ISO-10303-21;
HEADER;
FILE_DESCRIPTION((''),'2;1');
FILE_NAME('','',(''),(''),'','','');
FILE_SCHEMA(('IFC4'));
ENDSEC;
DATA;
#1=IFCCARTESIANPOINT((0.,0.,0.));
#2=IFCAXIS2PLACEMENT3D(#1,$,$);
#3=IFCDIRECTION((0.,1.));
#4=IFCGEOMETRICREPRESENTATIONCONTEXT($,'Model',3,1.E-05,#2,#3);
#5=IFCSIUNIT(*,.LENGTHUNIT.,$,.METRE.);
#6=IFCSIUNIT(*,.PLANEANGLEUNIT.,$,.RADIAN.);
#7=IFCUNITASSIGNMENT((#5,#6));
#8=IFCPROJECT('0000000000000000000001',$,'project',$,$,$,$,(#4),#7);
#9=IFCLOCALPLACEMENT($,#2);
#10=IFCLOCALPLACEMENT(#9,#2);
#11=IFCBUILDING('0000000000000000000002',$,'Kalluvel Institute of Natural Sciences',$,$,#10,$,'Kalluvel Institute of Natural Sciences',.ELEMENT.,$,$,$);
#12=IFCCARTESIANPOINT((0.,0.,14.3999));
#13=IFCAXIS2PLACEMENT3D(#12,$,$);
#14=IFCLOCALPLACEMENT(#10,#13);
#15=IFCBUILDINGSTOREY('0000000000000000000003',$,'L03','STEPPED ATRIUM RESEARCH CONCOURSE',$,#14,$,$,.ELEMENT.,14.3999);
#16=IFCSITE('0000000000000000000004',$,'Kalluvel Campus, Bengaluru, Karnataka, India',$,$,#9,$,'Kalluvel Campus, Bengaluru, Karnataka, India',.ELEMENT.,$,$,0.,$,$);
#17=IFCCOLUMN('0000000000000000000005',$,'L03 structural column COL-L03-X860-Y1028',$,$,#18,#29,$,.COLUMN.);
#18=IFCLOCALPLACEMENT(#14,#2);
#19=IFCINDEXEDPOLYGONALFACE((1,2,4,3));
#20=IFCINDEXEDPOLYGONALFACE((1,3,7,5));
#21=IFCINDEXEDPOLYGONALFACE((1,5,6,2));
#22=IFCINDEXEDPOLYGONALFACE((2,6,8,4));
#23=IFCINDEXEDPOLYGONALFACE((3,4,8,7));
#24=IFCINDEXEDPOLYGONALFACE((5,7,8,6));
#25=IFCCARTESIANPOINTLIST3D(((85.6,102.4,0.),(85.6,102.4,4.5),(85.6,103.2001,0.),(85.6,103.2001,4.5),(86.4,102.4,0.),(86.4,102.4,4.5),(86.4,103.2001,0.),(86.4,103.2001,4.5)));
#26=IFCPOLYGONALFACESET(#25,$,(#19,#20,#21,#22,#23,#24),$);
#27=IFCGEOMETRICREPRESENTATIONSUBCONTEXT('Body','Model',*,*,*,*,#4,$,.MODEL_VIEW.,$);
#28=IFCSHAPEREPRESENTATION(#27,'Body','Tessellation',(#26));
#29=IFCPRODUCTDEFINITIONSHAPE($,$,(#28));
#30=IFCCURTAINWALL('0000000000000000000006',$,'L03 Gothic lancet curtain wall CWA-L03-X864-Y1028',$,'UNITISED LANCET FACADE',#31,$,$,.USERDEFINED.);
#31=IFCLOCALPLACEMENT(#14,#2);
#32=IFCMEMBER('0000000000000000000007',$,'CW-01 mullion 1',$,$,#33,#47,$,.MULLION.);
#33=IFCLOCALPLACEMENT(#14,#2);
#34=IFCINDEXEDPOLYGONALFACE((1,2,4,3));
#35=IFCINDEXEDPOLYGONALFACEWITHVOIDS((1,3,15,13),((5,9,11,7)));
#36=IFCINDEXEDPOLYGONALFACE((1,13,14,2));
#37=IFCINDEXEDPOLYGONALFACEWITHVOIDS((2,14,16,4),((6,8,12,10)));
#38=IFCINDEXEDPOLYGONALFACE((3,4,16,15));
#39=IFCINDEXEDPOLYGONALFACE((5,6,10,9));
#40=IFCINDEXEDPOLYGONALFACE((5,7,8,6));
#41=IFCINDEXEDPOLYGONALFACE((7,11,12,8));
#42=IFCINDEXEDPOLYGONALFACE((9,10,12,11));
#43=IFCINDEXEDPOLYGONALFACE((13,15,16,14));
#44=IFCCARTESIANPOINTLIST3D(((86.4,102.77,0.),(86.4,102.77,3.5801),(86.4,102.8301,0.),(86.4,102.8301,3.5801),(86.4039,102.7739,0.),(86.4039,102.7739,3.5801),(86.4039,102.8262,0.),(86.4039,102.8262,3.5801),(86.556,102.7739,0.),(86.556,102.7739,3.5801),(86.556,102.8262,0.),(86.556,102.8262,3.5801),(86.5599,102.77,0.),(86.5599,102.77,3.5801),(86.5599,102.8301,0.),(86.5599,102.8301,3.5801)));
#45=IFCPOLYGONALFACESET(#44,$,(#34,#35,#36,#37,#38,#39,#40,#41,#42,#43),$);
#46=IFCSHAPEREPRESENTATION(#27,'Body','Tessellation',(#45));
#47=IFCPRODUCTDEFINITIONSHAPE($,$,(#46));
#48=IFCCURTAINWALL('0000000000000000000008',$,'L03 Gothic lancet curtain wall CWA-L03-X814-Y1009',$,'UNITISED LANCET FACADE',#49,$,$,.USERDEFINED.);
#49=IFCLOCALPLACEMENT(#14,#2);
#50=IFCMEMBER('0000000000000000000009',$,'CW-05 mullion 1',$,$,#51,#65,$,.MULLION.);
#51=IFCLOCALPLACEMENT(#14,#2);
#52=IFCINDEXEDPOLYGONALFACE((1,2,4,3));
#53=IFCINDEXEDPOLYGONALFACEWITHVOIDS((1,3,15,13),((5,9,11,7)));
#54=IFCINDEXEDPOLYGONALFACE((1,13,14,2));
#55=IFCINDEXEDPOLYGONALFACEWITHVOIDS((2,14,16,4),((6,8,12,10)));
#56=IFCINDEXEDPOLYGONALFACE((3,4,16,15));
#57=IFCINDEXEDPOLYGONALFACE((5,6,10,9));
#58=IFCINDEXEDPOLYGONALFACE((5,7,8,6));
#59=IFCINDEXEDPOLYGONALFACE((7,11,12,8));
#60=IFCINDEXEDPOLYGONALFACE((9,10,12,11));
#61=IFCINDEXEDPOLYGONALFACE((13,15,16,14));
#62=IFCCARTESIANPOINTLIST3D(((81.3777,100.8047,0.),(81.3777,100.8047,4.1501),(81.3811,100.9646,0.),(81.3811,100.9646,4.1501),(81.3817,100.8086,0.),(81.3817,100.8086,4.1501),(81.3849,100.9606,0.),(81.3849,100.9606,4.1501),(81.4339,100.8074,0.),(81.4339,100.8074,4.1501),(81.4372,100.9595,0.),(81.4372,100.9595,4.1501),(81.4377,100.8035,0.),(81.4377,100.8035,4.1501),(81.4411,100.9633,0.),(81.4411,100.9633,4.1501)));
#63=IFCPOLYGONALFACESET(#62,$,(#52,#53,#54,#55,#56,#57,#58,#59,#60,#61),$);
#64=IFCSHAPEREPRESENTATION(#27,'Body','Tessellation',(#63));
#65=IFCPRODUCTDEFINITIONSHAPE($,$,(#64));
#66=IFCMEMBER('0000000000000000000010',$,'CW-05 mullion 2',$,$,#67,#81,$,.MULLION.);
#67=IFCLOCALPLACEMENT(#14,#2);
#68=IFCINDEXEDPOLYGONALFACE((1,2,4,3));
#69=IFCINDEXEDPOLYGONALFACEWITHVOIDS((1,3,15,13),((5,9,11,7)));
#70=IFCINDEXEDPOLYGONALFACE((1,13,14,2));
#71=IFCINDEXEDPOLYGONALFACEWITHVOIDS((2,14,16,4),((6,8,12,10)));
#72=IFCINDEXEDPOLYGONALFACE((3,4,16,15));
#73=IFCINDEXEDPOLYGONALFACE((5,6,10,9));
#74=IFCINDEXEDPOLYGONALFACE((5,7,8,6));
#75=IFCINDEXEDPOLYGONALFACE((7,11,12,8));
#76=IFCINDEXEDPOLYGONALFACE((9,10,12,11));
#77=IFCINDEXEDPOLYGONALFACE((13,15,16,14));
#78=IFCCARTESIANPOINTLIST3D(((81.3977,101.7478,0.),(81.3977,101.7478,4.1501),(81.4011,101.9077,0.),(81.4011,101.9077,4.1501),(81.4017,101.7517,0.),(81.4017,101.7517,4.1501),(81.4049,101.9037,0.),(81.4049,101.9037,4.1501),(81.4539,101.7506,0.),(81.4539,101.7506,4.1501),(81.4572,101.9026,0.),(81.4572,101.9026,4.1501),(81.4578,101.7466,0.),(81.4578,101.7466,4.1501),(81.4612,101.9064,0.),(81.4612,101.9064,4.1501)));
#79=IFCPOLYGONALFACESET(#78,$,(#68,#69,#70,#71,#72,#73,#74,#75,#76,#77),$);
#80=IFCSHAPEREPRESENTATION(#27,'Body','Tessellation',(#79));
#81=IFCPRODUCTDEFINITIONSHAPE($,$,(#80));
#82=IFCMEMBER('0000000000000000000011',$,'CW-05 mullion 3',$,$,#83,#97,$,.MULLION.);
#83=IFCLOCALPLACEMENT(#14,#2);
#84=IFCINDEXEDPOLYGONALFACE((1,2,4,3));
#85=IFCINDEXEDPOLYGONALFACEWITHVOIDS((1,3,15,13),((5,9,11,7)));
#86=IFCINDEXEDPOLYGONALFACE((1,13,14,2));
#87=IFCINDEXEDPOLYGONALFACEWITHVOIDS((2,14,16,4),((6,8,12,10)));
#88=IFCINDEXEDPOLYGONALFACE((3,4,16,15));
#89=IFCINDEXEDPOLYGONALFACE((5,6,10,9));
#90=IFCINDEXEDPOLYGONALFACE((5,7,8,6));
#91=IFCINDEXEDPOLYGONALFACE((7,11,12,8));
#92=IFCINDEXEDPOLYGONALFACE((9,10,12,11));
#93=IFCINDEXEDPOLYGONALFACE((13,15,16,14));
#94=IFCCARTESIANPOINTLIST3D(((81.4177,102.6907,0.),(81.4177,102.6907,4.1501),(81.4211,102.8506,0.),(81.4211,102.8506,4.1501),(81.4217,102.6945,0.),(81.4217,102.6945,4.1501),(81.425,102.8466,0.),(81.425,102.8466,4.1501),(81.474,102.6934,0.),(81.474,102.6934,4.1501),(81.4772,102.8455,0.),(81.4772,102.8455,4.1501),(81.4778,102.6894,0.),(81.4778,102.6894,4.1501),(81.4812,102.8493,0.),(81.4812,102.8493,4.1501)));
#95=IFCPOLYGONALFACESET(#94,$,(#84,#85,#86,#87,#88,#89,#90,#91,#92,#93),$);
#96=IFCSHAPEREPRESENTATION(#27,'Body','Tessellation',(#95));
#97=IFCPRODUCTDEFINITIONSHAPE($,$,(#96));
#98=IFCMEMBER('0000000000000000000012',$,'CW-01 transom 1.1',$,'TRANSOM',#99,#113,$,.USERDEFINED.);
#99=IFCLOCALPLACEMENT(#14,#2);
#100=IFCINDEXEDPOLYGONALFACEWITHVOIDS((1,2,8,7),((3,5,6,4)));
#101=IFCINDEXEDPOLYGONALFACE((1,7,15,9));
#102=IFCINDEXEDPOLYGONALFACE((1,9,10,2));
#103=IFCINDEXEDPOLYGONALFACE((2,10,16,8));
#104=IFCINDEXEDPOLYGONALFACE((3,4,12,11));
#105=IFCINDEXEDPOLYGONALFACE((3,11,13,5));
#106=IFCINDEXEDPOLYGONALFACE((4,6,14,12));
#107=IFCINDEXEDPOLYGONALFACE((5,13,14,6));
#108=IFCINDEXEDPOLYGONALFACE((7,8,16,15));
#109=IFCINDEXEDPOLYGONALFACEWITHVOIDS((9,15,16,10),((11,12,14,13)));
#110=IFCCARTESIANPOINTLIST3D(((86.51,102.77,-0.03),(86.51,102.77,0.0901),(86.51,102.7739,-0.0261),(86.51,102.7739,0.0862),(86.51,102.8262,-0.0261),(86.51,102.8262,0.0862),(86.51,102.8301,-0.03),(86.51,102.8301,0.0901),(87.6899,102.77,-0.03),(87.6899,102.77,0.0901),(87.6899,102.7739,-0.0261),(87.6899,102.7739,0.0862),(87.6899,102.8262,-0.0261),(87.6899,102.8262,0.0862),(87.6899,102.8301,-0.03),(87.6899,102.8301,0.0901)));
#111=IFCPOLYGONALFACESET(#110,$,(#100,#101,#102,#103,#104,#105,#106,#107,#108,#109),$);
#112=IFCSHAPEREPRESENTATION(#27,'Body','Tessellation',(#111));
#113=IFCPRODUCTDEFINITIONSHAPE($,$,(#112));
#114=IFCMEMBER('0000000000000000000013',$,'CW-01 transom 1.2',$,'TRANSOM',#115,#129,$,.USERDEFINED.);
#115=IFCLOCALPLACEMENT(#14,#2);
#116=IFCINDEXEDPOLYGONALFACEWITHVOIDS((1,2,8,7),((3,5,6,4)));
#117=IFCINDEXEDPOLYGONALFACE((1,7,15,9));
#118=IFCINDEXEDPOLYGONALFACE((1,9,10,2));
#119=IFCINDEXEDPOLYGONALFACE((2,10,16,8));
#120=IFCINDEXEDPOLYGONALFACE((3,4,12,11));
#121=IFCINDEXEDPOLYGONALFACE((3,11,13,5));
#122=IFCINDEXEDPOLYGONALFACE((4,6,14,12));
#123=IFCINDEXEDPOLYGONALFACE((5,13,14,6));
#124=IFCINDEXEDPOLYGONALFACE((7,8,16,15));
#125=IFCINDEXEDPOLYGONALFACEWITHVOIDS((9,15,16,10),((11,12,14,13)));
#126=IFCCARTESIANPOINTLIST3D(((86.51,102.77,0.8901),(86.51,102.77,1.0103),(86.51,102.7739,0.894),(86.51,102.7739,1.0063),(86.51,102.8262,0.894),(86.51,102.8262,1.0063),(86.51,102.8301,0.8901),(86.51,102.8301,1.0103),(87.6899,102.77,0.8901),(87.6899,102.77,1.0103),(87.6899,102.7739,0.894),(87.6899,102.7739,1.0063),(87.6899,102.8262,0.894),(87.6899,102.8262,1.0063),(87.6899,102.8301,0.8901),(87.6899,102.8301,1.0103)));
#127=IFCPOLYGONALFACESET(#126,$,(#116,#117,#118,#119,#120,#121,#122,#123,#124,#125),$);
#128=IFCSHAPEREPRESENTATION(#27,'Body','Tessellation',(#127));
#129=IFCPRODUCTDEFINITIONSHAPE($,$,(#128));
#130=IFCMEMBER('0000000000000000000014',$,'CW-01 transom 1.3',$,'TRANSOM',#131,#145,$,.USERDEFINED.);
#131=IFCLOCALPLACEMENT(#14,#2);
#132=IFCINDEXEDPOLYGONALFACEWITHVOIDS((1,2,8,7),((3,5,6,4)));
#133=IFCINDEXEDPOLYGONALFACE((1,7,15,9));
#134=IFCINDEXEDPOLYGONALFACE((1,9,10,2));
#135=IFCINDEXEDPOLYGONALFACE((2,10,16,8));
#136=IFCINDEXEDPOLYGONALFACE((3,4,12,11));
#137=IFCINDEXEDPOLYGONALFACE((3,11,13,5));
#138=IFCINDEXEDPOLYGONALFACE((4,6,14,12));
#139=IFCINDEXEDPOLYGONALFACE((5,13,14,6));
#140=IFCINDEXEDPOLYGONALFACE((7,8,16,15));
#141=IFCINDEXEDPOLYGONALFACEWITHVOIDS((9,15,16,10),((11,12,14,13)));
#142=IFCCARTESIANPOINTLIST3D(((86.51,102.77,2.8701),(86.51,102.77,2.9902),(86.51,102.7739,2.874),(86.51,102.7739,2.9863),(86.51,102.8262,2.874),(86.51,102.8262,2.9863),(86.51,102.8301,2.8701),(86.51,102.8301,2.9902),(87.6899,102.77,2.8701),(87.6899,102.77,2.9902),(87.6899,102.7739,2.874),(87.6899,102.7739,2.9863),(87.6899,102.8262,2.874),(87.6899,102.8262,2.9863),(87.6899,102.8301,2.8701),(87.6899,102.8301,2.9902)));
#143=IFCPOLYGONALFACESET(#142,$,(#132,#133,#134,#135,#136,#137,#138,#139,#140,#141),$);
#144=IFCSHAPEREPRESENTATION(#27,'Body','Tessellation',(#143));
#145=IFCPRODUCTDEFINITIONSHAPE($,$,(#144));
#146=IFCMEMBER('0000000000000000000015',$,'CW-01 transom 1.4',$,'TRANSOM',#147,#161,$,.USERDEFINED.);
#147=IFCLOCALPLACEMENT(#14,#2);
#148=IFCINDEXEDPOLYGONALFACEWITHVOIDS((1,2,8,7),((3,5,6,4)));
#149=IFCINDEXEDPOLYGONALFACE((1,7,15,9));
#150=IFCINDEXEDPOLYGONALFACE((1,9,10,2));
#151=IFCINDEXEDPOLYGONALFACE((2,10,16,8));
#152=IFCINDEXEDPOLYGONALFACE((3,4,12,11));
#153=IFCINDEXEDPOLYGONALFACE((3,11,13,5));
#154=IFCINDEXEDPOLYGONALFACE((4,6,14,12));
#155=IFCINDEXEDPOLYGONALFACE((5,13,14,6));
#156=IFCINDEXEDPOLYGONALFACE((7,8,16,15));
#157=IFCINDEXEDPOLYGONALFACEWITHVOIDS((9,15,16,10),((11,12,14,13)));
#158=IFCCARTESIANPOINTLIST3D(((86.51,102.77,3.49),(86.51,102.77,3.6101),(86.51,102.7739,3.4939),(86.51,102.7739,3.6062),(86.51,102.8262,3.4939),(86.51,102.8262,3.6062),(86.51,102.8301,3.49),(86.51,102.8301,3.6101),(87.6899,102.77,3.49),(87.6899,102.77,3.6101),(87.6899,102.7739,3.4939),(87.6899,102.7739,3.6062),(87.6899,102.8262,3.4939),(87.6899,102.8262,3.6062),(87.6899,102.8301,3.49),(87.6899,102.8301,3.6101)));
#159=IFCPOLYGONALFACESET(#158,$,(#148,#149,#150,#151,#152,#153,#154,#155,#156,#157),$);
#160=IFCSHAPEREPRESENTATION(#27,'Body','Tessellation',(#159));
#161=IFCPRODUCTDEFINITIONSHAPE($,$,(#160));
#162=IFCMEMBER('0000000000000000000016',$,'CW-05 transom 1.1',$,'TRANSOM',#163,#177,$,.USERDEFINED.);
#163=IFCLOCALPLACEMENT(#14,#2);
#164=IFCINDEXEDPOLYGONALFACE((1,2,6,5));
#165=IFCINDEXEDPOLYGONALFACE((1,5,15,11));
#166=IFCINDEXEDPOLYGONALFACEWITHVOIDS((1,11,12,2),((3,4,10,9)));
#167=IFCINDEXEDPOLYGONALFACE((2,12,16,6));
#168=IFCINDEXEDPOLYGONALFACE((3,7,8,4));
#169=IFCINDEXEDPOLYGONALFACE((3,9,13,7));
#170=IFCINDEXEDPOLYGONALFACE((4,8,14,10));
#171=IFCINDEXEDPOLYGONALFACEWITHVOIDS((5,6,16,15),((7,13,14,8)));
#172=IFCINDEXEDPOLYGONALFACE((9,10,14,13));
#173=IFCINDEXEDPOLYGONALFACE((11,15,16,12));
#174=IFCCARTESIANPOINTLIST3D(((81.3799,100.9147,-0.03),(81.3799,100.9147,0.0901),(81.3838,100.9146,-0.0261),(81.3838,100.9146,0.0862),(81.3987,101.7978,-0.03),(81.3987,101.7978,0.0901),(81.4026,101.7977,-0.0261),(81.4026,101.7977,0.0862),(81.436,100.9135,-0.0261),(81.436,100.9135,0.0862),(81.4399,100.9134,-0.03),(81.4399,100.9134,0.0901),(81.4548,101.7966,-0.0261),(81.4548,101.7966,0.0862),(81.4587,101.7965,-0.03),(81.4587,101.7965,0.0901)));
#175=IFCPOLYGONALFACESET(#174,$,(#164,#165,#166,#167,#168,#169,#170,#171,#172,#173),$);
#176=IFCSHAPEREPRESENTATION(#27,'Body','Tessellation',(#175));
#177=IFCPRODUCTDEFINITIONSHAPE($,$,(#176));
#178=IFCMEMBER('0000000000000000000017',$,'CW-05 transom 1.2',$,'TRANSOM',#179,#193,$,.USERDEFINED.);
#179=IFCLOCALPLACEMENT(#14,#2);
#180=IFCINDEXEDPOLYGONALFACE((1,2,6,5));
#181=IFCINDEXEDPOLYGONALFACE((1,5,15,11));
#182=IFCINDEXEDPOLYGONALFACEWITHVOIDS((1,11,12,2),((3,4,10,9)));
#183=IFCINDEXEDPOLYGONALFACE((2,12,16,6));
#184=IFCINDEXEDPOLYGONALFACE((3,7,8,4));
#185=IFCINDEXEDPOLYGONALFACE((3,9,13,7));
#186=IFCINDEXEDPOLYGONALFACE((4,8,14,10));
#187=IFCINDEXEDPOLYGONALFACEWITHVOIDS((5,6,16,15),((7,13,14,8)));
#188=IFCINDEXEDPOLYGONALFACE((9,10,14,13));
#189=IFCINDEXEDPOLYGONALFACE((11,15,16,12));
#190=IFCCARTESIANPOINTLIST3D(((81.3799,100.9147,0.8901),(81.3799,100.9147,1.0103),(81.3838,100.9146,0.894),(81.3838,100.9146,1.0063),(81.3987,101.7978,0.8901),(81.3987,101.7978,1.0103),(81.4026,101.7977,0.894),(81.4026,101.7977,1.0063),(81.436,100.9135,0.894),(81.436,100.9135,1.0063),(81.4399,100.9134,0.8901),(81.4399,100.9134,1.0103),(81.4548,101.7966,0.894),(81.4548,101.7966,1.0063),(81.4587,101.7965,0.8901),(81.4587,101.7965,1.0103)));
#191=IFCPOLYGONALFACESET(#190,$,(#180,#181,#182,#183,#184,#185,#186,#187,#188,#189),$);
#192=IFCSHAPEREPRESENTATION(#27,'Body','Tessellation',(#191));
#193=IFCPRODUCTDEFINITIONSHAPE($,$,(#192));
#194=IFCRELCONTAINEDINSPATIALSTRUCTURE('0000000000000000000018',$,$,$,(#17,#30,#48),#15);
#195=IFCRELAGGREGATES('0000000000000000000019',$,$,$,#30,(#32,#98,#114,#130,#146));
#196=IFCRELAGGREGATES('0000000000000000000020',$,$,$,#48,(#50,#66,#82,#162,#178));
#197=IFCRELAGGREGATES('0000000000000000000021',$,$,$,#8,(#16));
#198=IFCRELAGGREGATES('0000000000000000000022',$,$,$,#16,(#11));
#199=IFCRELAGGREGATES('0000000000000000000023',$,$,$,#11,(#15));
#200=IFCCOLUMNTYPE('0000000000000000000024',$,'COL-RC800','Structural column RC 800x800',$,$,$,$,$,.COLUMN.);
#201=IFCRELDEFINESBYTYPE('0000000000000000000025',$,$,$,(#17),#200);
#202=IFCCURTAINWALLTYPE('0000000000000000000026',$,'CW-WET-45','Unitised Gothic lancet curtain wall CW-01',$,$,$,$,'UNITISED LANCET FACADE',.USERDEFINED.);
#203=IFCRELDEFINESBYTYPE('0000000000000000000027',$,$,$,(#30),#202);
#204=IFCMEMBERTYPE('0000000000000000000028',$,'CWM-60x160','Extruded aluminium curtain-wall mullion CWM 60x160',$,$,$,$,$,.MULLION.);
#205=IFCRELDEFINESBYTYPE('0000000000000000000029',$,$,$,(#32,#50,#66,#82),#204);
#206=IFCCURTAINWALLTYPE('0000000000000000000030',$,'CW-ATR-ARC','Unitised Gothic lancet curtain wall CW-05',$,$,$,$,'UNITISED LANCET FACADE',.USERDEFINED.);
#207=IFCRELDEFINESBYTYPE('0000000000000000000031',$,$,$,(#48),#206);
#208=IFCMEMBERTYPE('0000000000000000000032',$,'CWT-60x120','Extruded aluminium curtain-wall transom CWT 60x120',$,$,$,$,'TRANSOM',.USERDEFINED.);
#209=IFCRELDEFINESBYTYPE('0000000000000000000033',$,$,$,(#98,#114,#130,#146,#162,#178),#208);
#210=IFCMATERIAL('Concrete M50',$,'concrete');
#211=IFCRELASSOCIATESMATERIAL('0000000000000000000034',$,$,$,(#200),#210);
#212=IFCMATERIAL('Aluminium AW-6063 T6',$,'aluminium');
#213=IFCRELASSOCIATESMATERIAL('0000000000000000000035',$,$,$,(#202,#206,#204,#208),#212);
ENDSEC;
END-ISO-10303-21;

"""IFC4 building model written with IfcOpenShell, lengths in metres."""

from ifc_helpers import new_model, si_unit, direction, frame, origin, origin_2d, place, context, subcontext, project, spatial, rectangle, hollow_rectangle, extrude, material, material_profile, profile_set, type_object, element, aggregate, save


model = new_model("IFC4")

# Units and contexts
model_context = context("Model", 3, precision=1e-05, world=origin(), true_north=direction((0.0, 1.0)))
body_context = subcontext(model_context, "Body", "Model", "MODEL_VIEW")
ifc_project = project(units=[si_unit("LENGTHUNIT", "METRE"), si_unit("PLANEANGLEUNIT", "RADIAN")], contexts=[model_context])

# Site, building, storey
site_placement = place(None, origin())
site = spatial("IfcSite", under=ifc_project, at=site_placement, Name="Kalluvel Campus, Bengaluru, Karnataka, India", LongName="Kalluvel Campus, Bengaluru, Karnataka, India", CompositionType="ELEMENT", RefElevation=0.0)
building_placement = place(site_placement, origin())
building = spatial("IfcBuilding", under=site, at=building_placement, Name="Kalluvel Institute of Natural Sciences", LongName="Kalluvel Institute of Natural Sciences", CompositionType="ELEMENT")
storey_placement = place(building_placement, frame((0.0, 0.0, 14.3999)))
storey = spatial("IfcBuildingStorey", under=building, at=storey_placement, Name="L03", Description="STEPPED ATRIUM RESEARCH CONCOURSE", CompositionType="ELEMENT", Elevation=14.3999)

# Column
ifc_material_1 = material(Name="Concrete M50", Category="concrete")
ifc_material_profile_1 = material_profile(ifc_material_1, rectangle(XDim=0.8, YDim=0.8, at=origin_2d()), Name="RC 800x800")
ifc_profile_set_1 = profile_set([ifc_material_profile_1], Name="Concrete M50")
column_type = type_object("IfcColumnType", Name="COL-RC800", Description="Structural column RC 800x800", PredefinedType="COLUMN", material=ifc_profile_set_1)
column_placement = place(storey_placement, frame((86.0, 102.8, 0.0), z_axis=(0.0, 0.0, 1.0), x_axis=(1.0, 0.0, 0.0)))
element("IfcColumn", 1, at=column_placement, inside=storey, type_object=column_type, Name="L03 structural column COL-L03-X860-Y1028", PredefinedType="COLUMN", context=body_context, shape_type="SweptSolid", body=[
    extrude(rectangle(XDim=0.8, YDim=0.8, at=origin_2d()), origin(), (0.0, 0.0, 1.0), 4.5),
])

# Curtain wall, member
ifc_material_2 = material(Name="Aluminium AW-6063 T6", Category="aluminium")
curtain_wall_type_1 = type_object("IfcCurtainWallType", Name="CW-WET-45", Description="Unitised Gothic lancet curtain wall CW-01", ElementType="UNITISED LANCET FACADE", PredefinedType="USERDEFINED", material=ifc_material_2)
curtain_wall_1_placement = place(storey_placement, origin())
curtain_wall_1 = element("IfcCurtainWall", 2, at=curtain_wall_1_placement, inside=storey, type_object=curtain_wall_type_1, Name="L03 Gothic lancet curtain wall CWA-L03-X864-Y1028", ObjectType="UNITISED LANCET FACADE", PredefinedType="USERDEFINED")
ifc_material_profile_2 = material_profile(ifc_material_2, hollow_rectangle(XDim=0.0601, YDim=0.1599, WallThickness=0.0039, at=origin_2d()), Name="CWM 60x160")
ifc_profile_set_2 = profile_set([ifc_material_profile_2], Name="Aluminium AW-6063 T6")
member_type_1 = type_object("IfcMemberType", Name="CWM-60x160", Description="Extruded aluminium curtain-wall mullion CWM 60x160", PredefinedType="MULLION", material=ifc_profile_set_2)
member_1_placement = place(storey_placement, frame((86.48, 102.8, 0.0), z_axis=(0.0, 0.0, 1.0), x_axis=(0.0, 1.0, 0.0)))
member_1 = element("IfcMember", 3, at=member_1_placement, type_object=member_type_1, Name="CW-01 mullion 1", PredefinedType="MULLION", context=body_context, shape_type="SweptSolid", body=[
    extrude(hollow_rectangle(XDim=0.0601, YDim=0.1599, WallThickness=0.0039, at=origin_2d()), origin(), (0.0, 0.0, 1.0), 3.5801),
])

# Curtain wall, members
curtain_wall_type_2 = type_object("IfcCurtainWallType", Name="CW-ATR-ARC", Description="Unitised Gothic lancet curtain wall CW-05", ElementType="UNITISED LANCET FACADE", PredefinedType="USERDEFINED", material=ifc_material_2)
curtain_wall_2_placement = place(storey_placement, origin())
curtain_wall_2 = element("IfcCurtainWall", 4, at=curtain_wall_2_placement, inside=storey, type_object=curtain_wall_type_2, Name="L03 Gothic lancet curtain wall CWA-L03-X814-Y1009", ObjectType="UNITISED LANCET FACADE", PredefinedType="USERDEFINED")
member_2_placement = place(storey_placement, frame((81.4094, 100.884, 0.0), z_axis=(0.0, 0.0, 1.0), x_axis=(-0.999775, 0.021219, 0.0)))
member_2 = element("IfcMember", 5, at=member_2_placement, type_object=member_type_1, Name="CW-05 mullion 1", PredefinedType="MULLION", context=body_context, shape_type="SweptSolid", body=[
    extrude(hollow_rectangle(XDim=0.0601, YDim=0.1599, WallThickness=0.0039, at=origin_2d()), origin(), (0.0, 0.0, 1.0), 4.1501),
])
member_3_placement = place(storey_placement, frame((81.4294, 101.8271, 0.0), z_axis=(0.0, 0.0, 1.0), x_axis=(-0.999775, 0.021219, 0.0)))
member_3 = element("IfcMember", 6, at=member_3_placement, type_object=member_type_1, Name="CW-05 mullion 2", PredefinedType="MULLION", context=body_context, shape_type="SweptSolid", body=[
    extrude(hollow_rectangle(XDim=0.0601, YDim=0.1599, WallThickness=0.0039, at=origin_2d()), origin(), (0.0, 0.0, 1.0), 4.1501),
])
member_4_placement = place(storey_placement, frame((81.4495, 102.77, 0.0), z_axis=(0.0, 0.0, 1.0), x_axis=(-0.999775, 0.021219, 0.0)))
member_4 = element("IfcMember", 7, at=member_4_placement, type_object=member_type_1, Name="CW-05 mullion 3", PredefinedType="MULLION", context=body_context, shape_type="SweptSolid", body=[
    extrude(hollow_rectangle(XDim=0.0601, YDim=0.1599, WallThickness=0.0039, at=origin_2d()), origin(), (0.0, 0.0, 1.0), 4.1501),
])

# Members
ifc_material_profile_3 = material_profile(ifc_material_2, hollow_rectangle(XDim=0.0601, YDim=0.1201, WallThickness=0.0039, at=origin_2d()), Name="CWT 60x120")
ifc_profile_set_3 = profile_set([ifc_material_profile_3], Name="Aluminium AW-6063 T6")
member_type_2 = type_object("IfcMemberType", Name="CWT-60x120", Description="Extruded aluminium curtain-wall transom CWT 60x120", ElementType="TRANSOM", PredefinedType="USERDEFINED", material=ifc_profile_set_3)
member_5_placement = place(storey_placement, frame((86.51, 102.8, 0.03), z_axis=(1.0, 0.0, 0.0), x_axis=(0.0, 1.0, 0.0)))
member_5 = element("IfcMember", 8, at=member_5_placement, type_object=member_type_2, Name="CW-01 transom 1.1", ObjectType="TRANSOM", PredefinedType="USERDEFINED", context=body_context, shape_type="SweptSolid", body=[
    extrude(hollow_rectangle(XDim=0.0601, YDim=0.1201, WallThickness=0.0039, at=origin_2d()), origin(), (0.0, 0.0, 1.0), 1.1799),
])
member_6_placement = place(storey_placement, frame((86.51, 102.8, 0.9502), z_axis=(1.0, 0.0, 0.0), x_axis=(0.0, 1.0, 0.0)))
member_6 = element("IfcMember", 9, at=member_6_placement, type_object=member_type_2, Name="CW-01 transom 1.2", ObjectType="TRANSOM", PredefinedType="USERDEFINED", context=body_context, shape_type="SweptSolid", body=[
    extrude(hollow_rectangle(XDim=0.0601, YDim=0.1201, WallThickness=0.0039, at=origin_2d()), origin(), (0.0, 0.0, 1.0), 1.1799),
])
member_7_placement = place(storey_placement, frame((86.51, 102.8, 2.9302), z_axis=(1.0, 0.0, 0.0), x_axis=(0.0, 1.0, 0.0)))
member_7 = element("IfcMember", 10, at=member_7_placement, type_object=member_type_2, Name="CW-01 transom 1.3", ObjectType="TRANSOM", PredefinedType="USERDEFINED", context=body_context, shape_type="SweptSolid", body=[
    extrude(hollow_rectangle(XDim=0.0601, YDim=0.1201, WallThickness=0.0039, at=origin_2d()), origin(), (0.0, 0.0, 1.0), 1.1799),
])
member_8_placement = place(storey_placement, frame((86.51, 102.8, 3.55), z_axis=(1.0, 0.0, 0.0), x_axis=(0.0, 1.0, 0.0)))
member_8 = element("IfcMember", 11, at=member_8_placement, type_object=member_type_2, Name="CW-01 transom 1.4", ObjectType="TRANSOM", PredefinedType="USERDEFINED", context=body_context, shape_type="SweptSolid", body=[
    extrude(hollow_rectangle(XDim=0.0601, YDim=0.1201, WallThickness=0.0039, at=origin_2d()), origin(), (0.0, 0.0, 1.0), 1.1799),
])
member_9_placement = place(storey_placement, frame((81.4099, 100.9141, 0.03), z_axis=(0.021284, 0.999773, 0.0), x_axis=(-0.999773, 0.021284, 0.0)))
member_9 = element("IfcMember", 12, at=member_9_placement, type_object=member_type_2, Name="CW-05 transom 1.1", ObjectType="TRANSOM", PredefinedType="USERDEFINED", context=body_context, shape_type="SweptSolid", body=[
    extrude(hollow_rectangle(XDim=0.0601, YDim=0.1201, WallThickness=0.0039, at=origin_2d()), origin(), (0.0, 0.0, 1.0), 0.8833),
])
member_10_placement = place(storey_placement, frame((81.4099, 100.9141, 0.9502), z_axis=(0.021284, 0.999773, 0.0), x_axis=(-0.999773, 0.021284, 0.0)))
member_10 = element("IfcMember", 13, at=member_10_placement, type_object=member_type_2, Name="CW-05 transom 1.2", ObjectType="TRANSOM", PredefinedType="USERDEFINED", context=body_context, shape_type="SweptSolid", body=[
    extrude(hollow_rectangle(XDim=0.0601, YDim=0.1201, WallThickness=0.0039, at=origin_2d()), origin(), (0.0, 0.0, 1.0), 0.8833),
])

aggregate(curtain_wall_1, [member_1, member_5, member_6, member_7, member_8])
aggregate(curtain_wall_2, [member_2, member_3, member_4, member_9, member_10])

save(model, "model.ifc")
